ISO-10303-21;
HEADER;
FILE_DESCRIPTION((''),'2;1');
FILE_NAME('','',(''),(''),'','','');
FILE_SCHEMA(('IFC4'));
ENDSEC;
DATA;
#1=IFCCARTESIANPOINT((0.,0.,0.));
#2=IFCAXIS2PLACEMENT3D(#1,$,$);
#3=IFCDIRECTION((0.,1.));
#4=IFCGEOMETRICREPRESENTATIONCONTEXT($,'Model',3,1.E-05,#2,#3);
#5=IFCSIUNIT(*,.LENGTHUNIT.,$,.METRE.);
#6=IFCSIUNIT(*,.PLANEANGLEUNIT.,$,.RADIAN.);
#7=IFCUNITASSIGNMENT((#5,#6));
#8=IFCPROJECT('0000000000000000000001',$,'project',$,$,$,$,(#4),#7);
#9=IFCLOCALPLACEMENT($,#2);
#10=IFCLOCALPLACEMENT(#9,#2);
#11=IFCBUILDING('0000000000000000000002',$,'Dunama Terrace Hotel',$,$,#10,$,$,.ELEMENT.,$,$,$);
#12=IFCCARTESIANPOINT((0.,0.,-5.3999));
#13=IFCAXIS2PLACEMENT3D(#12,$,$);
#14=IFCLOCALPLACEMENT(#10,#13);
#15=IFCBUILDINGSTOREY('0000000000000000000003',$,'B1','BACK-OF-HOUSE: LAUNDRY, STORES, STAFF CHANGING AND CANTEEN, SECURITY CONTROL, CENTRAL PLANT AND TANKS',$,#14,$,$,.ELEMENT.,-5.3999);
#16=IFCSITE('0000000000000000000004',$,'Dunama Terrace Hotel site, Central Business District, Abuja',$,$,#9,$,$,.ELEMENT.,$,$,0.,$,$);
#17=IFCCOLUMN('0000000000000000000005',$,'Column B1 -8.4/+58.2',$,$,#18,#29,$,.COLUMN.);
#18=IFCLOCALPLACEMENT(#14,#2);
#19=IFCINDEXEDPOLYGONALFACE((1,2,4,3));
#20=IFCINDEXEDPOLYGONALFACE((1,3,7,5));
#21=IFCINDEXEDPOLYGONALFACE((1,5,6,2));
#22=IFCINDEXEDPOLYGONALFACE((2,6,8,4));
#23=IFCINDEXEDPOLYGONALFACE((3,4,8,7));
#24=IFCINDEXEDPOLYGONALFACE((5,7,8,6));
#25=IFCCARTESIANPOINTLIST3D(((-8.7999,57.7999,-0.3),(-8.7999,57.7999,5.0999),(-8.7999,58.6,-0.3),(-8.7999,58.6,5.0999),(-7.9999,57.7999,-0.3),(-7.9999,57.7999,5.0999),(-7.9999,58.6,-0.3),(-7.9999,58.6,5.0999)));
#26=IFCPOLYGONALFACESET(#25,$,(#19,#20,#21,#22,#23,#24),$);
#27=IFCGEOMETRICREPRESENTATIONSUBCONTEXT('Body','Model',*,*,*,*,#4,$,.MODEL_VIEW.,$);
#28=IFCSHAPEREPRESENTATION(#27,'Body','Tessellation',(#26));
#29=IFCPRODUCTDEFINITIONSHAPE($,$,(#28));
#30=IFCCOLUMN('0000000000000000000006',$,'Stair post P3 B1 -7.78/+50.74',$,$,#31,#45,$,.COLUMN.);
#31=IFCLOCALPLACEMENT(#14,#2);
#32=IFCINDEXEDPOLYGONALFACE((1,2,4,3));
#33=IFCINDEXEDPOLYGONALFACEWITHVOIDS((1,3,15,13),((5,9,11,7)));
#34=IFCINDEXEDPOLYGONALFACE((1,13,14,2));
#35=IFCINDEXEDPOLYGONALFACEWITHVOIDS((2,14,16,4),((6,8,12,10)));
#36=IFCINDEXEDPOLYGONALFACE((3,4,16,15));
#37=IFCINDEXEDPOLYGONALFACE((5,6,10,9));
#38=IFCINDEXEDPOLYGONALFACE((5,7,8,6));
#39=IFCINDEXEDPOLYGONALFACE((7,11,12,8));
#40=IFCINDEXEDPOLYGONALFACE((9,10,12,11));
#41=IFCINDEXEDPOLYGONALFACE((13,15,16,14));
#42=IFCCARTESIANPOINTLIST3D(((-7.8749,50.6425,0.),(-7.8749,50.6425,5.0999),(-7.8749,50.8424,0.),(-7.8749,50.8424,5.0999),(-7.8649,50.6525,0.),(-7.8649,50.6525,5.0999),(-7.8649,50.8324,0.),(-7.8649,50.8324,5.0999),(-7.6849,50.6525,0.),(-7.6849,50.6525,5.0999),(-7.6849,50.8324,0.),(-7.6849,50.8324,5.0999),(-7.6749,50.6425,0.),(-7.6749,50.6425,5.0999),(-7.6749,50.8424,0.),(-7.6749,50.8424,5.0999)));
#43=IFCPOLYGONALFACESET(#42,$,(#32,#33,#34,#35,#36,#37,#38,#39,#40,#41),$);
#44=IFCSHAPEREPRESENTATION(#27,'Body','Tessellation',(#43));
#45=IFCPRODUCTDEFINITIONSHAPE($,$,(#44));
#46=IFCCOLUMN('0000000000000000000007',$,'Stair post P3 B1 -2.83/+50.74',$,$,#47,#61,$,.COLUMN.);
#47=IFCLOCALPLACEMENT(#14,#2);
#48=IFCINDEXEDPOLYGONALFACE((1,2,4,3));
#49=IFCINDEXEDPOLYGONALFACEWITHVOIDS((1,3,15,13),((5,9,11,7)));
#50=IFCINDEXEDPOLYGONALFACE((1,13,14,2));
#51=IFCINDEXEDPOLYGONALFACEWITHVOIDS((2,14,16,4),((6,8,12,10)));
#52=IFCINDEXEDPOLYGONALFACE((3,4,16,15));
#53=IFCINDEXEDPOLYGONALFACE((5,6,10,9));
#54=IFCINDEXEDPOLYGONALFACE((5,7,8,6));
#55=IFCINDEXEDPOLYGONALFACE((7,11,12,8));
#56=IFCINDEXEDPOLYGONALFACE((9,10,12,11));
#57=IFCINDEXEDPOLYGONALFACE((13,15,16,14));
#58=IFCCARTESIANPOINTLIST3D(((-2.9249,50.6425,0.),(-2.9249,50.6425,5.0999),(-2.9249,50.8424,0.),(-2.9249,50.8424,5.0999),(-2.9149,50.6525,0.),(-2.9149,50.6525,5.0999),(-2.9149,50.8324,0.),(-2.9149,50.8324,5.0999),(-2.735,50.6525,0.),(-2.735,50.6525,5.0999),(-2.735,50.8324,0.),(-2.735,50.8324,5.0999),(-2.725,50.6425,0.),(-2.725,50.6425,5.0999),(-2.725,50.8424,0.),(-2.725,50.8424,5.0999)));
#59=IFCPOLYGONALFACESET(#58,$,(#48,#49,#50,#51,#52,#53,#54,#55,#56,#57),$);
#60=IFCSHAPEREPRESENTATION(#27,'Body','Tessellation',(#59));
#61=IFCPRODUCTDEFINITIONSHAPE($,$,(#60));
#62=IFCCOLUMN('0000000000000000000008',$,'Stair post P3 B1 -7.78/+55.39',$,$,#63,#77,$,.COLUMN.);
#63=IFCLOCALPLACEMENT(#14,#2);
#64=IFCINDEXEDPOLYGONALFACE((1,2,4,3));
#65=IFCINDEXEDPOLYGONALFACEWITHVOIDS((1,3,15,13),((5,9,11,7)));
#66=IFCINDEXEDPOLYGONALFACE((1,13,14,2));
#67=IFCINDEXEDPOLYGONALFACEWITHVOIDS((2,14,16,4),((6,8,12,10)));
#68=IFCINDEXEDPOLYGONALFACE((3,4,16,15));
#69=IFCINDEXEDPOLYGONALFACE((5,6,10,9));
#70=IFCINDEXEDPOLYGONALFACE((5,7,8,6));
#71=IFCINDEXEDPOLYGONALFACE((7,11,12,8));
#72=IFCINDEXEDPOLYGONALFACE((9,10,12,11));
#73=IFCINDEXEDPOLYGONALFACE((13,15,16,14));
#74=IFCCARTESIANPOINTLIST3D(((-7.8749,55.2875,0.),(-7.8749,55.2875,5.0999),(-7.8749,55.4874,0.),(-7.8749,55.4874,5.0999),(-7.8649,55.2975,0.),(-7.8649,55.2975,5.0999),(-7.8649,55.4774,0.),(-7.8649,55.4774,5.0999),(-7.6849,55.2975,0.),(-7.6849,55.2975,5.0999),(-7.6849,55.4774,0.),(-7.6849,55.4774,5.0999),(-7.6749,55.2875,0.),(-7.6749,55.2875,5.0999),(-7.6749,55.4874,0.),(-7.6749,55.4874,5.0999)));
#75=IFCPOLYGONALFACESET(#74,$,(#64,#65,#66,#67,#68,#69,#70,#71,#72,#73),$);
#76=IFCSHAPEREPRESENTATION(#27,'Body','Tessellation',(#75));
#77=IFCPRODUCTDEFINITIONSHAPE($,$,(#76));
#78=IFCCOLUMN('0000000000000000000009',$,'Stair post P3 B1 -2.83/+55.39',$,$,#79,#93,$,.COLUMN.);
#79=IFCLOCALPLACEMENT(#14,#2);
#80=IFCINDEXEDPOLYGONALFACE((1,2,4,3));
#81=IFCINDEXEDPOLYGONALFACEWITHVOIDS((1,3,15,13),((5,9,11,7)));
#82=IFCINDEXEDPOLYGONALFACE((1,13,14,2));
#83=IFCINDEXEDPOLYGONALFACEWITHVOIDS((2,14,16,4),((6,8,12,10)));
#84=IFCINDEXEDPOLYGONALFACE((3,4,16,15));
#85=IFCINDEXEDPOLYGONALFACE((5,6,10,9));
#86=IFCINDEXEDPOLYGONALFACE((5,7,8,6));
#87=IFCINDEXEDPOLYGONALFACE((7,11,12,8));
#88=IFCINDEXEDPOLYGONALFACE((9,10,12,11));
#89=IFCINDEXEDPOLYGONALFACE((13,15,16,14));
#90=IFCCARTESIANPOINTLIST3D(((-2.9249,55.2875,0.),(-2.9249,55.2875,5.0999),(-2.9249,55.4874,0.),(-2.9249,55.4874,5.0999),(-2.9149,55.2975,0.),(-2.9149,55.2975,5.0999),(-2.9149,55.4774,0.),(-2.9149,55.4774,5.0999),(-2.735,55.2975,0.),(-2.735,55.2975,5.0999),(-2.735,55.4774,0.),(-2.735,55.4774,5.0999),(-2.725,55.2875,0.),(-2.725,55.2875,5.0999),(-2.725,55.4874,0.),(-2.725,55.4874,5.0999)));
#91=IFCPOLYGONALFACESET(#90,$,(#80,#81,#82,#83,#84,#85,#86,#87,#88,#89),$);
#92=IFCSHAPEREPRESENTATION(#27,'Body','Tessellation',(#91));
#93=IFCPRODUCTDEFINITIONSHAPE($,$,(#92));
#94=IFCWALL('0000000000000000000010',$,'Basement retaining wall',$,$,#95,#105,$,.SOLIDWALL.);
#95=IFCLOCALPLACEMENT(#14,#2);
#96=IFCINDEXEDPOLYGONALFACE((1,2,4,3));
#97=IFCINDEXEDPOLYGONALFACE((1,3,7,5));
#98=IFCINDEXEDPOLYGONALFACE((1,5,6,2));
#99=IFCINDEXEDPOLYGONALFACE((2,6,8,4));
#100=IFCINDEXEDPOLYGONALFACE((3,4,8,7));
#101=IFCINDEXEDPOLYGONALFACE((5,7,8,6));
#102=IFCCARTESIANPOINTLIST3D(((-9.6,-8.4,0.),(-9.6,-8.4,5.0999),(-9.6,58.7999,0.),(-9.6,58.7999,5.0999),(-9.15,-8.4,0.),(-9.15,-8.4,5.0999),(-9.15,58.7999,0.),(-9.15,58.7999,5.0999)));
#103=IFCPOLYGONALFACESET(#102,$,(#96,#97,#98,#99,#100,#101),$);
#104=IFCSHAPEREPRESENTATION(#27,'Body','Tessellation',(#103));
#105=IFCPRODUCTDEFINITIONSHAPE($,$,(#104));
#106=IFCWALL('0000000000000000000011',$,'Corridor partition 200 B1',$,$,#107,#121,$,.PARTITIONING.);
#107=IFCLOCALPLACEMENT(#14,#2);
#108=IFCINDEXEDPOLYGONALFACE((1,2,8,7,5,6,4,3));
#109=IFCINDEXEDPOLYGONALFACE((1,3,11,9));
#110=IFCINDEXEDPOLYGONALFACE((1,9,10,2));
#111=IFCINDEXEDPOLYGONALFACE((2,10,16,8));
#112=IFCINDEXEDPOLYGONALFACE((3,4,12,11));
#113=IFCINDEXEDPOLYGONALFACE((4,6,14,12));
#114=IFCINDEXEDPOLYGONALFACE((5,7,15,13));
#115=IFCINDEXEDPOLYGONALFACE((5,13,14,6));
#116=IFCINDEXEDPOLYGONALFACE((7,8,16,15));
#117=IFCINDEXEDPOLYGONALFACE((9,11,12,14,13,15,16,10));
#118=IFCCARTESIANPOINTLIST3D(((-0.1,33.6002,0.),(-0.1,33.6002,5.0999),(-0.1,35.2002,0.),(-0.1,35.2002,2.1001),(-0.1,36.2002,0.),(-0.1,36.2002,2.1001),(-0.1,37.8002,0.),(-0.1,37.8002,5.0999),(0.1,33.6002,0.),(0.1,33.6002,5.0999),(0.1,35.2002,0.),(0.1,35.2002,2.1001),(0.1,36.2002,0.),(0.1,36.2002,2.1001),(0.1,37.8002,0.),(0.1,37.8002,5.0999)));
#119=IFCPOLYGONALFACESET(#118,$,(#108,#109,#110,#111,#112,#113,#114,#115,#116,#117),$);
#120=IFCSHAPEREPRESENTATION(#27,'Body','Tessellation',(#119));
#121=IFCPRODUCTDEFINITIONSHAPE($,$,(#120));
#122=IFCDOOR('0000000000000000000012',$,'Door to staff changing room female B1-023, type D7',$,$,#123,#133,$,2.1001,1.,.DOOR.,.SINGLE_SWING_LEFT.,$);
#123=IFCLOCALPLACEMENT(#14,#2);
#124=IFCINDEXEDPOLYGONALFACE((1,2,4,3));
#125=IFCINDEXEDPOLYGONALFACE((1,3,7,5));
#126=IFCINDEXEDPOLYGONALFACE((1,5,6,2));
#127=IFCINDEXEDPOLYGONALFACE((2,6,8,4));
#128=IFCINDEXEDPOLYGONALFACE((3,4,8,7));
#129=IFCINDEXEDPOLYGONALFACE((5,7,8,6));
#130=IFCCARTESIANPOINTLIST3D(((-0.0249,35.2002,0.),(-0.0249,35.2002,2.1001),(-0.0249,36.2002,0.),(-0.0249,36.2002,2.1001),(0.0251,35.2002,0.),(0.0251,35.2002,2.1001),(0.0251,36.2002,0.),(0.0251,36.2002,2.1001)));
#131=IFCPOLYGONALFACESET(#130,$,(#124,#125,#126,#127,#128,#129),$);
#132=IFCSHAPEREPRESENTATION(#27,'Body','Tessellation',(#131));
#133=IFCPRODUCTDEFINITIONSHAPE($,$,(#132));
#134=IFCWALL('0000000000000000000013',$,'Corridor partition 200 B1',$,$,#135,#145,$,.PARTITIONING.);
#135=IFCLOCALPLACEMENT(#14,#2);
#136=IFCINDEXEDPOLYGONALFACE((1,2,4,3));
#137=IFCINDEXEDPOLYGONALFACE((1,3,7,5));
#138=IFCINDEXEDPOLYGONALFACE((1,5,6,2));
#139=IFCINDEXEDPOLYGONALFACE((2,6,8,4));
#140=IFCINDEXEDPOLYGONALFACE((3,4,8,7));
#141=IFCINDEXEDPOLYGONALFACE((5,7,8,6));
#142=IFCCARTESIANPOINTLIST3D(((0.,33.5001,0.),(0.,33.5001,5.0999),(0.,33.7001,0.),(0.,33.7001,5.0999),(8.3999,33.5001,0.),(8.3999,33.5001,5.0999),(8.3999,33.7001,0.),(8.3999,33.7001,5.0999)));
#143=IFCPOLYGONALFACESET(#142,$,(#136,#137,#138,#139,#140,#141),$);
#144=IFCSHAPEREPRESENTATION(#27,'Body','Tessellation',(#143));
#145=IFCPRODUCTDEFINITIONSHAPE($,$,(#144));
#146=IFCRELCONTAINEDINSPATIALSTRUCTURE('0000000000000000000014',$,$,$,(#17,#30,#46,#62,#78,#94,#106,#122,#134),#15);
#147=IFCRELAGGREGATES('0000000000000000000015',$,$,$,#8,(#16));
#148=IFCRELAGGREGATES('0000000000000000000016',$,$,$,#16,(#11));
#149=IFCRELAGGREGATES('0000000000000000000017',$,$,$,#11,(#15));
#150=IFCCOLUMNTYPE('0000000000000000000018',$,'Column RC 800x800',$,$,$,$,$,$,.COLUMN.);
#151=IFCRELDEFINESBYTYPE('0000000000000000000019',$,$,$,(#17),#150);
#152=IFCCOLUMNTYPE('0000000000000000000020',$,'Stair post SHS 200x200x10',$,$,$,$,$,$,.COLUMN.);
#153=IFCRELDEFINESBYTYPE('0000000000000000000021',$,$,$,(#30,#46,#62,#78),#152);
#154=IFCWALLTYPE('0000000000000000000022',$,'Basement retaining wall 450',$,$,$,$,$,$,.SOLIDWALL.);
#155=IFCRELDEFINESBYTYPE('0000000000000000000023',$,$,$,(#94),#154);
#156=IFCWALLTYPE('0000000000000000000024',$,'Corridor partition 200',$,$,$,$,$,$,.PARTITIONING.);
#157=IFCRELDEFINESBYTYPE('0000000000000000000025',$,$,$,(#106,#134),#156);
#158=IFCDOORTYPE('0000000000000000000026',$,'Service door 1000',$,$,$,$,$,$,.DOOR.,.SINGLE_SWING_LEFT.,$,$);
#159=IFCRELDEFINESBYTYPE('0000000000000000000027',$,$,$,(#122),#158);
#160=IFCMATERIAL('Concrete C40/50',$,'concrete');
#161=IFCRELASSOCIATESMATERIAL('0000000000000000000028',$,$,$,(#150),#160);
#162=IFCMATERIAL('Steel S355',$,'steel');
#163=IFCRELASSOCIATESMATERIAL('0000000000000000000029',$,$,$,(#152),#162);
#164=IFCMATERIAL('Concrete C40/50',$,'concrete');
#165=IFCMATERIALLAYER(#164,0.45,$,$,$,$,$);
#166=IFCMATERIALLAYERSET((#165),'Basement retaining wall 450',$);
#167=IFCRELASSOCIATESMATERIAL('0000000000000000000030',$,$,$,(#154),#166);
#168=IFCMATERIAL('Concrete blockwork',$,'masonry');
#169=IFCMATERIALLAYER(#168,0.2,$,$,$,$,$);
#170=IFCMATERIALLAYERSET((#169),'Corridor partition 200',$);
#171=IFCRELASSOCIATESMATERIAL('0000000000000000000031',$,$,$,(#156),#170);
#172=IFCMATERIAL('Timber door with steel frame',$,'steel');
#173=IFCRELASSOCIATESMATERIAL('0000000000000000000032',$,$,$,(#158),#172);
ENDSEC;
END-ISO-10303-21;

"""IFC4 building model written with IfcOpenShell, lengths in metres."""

from ifc_helpers import new_model, si_unit, direction, frame, frame_2d, origin, origin_2d, place, context, subcontext, project, spatial, rectangle, hollow_rectangle, extrude, material, layer, layer_set, material_profile, profile_set, type_object, element, fill, save


model = new_model("IFC4")

# Units and contexts
model_context = context("Model", 3, precision=1e-05, world=origin(), true_north=direction((0.0, 1.0)))
body_context = subcontext(model_context, "Body", "Model", "MODEL_VIEW")
ifc_project = project(units=[si_unit("LENGTHUNIT", "METRE"), si_unit("PLANEANGLEUNIT", "RADIAN")], contexts=[model_context])

# Site, building, storey
site_placement = place(None, origin())
site = spatial("IfcSite", under=ifc_project, at=site_placement, Name="Dunama Terrace Hotel site, Central Business District, Abuja", CompositionType="ELEMENT", RefElevation=0.0)
building_placement = place(site_placement, origin())
building = spatial("IfcBuilding", under=site, at=building_placement, Name="Dunama Terrace Hotel", CompositionType="ELEMENT")
storey_placement = place(building_placement, frame((0.0, 0.0, -5.3999)))
storey = spatial("IfcBuildingStorey", under=building, at=storey_placement, Name="B1", Description="BACK-OF-HOUSE: LAUNDRY, STORES, STAFF CHANGING AND CANTEEN, SECURITY CONTROL, CENTRAL PLANT AND TANKS", CompositionType="ELEMENT", Elevation=-5.3999)

# Columns
ifc_material_1 = material(Name="Concrete C40/50", Category="concrete")
ifc_material_profile_1 = material_profile(ifc_material_1, rectangle(XDim=0.8, YDim=0.8, at=origin_2d()), Name="RC 800x800")
ifc_profile_set_1 = profile_set([ifc_material_profile_1], Name="Concrete C40/50")
column_type_1 = type_object("IfcColumnType", Name="Column RC 800x800", PredefinedType="COLUMN", material=ifc_profile_set_1)
for number, where, z_axis, x_axis, name in (
    (1, (-8.3999, 58.2, -0.3), (0.0, 0.0, 1.0), (1.0, 0.0, 0.0), "Column B1 -8.4/+58.2"),
):
    element("IfcColumn", number, at=place(storey_placement, frame(where, z_axis=z_axis, x_axis=x_axis)), inside=storey, type_object=column_type_1, Name=name, PredefinedType="COLUMN", context=body_context, shape_type="SweptSolid", body=[
        extrude(rectangle(XDim=0.8, YDim=0.8, at=origin_2d()), origin(), (0.0, 0.0, 1.0), 5.3999),
    ])
ifc_material_2 = material(Name="Steel S355", Category="steel")
ifc_material_profile_2 = material_profile(ifc_material_2, hollow_rectangle(XDim=0.2, YDim=0.2, WallThickness=0.01, at=origin_2d()), Name="SHS 200x200x10")
ifc_profile_set_2 = profile_set([ifc_material_profile_2], Name="Steel S355")
column_type_2 = type_object("IfcColumnType", Name="Stair post SHS 200x200x10", PredefinedType="COLUMN", material=ifc_profile_set_2)
for number, where, z_axis, x_axis, name in (
    (2, (-7.7749, 50.7424, 0.0), (0.0, 0.0, 1.0), (1.0, 0.0, 0.0), "Stair post P3 B1 -7.78/+50.74"),
    (3, (-2.825, 50.7424, 0.0), (0.0, 0.0, 1.0), (1.0, 0.0, 0.0), "Stair post P3 B1 -2.83/+50.74"),
    (4, (-7.7749, 55.3875, 0.0), (0.0, 0.0, 1.0), (1.0, 0.0, 0.0), "Stair post P3 B1 -7.78/+55.39"),
    (5, (-2.825, 55.3875, 0.0), (0.0, 0.0, 1.0), (1.0, 0.0, 0.0), "Stair post P3 B1 -2.83/+55.39"),
):
    element("IfcColumn", number, at=place(storey_placement, frame(where, z_axis=z_axis, x_axis=x_axis)), inside=storey, type_object=column_type_2, Name=name, PredefinedType="COLUMN", context=body_context, shape_type="SweptSolid", body=[
        extrude(hollow_rectangle(XDim=0.2, YDim=0.2, WallThickness=0.01, at=origin_2d()), origin(), (0.0, 0.0, 1.0), 5.0999),
    ])

# Wall
ifc_material_3 = material(Name="Concrete C40/50", Category="concrete")
ifc_layer_1 = layer(ifc_material_3, 0.45)
ifc_layer_set_1 = layer_set([ifc_layer_1], Name="Basement retaining wall 450")
wall_type_1 = type_object("IfcWallType", Name="Basement retaining wall 450", PredefinedType="SOLIDWALL", material=ifc_layer_set_1)
wall_1_placement = place(storey_placement, frame((-9.375, 58.8, 0.0), z_axis=(0.0, 0.0, 1.0), x_axis=(0.0, -1.0, 0.0)))
element("IfcWall", 6, at=wall_1_placement, inside=storey, type_object=wall_type_1, Name="Basement retaining wall", PredefinedType="SOLIDWALL", context=body_context, shape_type="SweptSolid", body=[
    extrude(rectangle(XDim=67.2, YDim=0.45, at=frame_2d((33.6001, 0.0))), origin(), (0.0, 0.0, 1.0), 5.0999),
])

# Wall, opening, door
ifc_material_4 = material(Name="Concrete blockwork", Category="masonry")
ifc_layer_2 = layer(ifc_material_4, 0.2)
ifc_layer_set_2 = layer_set([ifc_layer_2], Name="Corridor partition 200")
wall_type_2 = type_object("IfcWallType", Name="Corridor partition 200", PredefinedType="PARTITIONING", material=ifc_layer_set_2)
wall_2_placement = place(storey_placement, frame((0.0, 33.6001, 0.0), z_axis=(0.0, 0.0, 1.0), x_axis=(0.0, 1.0, 0.0)))
wall_2 = element("IfcWall", 7, at=wall_2_placement, inside=storey, type_object=wall_type_2, Name="Corridor partition 200 B1", PredefinedType="PARTITIONING", context=body_context, shape_type="SweptSolid", body=[
    extrude(rectangle(XDim=4.2, YDim=0.2, at=frame_2d((2.1001, 0.0))), origin(), (0.0, 0.0, 1.0), 5.0999),
])
opening_1_placement = place(wall_2_placement, frame((1.6001, 0.0, 0.0)))
opening_1 = element("IfcOpeningElement", 8, at=opening_1_placement, cuts=wall_2, PredefinedType="OPENING", context=body_context, shape_type="SweptSolid", body=[
    extrude(rectangle(XDim=1.0, YDim=2.1001, at=frame_2d((0.5, 1.05))), frame((0.0, 0.1099, 0.0), z_axis=(0.0, -1.0, 0.0), x_axis=(1.0, 0.0, 0.0)), (0.0, 0.0, 1.0), 0.22),
])
ifc_material_5 = material(Name="Timber door with steel frame", Category="steel")
door_type = type_object("IfcDoorType", Name="Service door 1000", OperationType="SINGLE_SWING_LEFT", PredefinedType="DOOR", material=ifc_material_5)
door_1_placement = place(opening_1_placement, origin())
door_1 = element("IfcDoor", 9, at=door_1_placement, inside=storey, type_object=door_type, Name="Door to staff changing room female B1-023, type D7", OperationType="SINGLE_SWING_LEFT", OverallHeight=2.1001, OverallWidth=1.0, PredefinedType="DOOR", context=body_context, shape_type="SweptSolid", body=[
    extrude(rectangle(XDim=1.0, YDim=2.1001, at=frame_2d((0.5, 1.05))), frame((0.0, 0.0249, 0.0), z_axis=(0.0, -1.0, 0.0), x_axis=(1.0, 0.0, 0.0)), (0.0, 0.0, 1.0), 0.05),
])
fill(opening_1, door_1)

# Wall
wall_3_placement = place(storey_placement, frame((0.0, 33.6001, 0.0), z_axis=(0.0, 0.0, 1.0), x_axis=(1.0, 0.0, 0.0)))
element("IfcWall", 10, at=wall_3_placement, inside=storey, type_object=wall_type_2, Name="Corridor partition 200 B1", PredefinedType="PARTITIONING", context=body_context, shape_type="SweptSolid", body=[
    extrude(rectangle(XDim=8.3999, YDim=0.2, at=frame_2d((4.2, 0.0))), origin(), (0.0, 0.0, 1.0), 5.0999),
])

save(model, "model.ifc")
